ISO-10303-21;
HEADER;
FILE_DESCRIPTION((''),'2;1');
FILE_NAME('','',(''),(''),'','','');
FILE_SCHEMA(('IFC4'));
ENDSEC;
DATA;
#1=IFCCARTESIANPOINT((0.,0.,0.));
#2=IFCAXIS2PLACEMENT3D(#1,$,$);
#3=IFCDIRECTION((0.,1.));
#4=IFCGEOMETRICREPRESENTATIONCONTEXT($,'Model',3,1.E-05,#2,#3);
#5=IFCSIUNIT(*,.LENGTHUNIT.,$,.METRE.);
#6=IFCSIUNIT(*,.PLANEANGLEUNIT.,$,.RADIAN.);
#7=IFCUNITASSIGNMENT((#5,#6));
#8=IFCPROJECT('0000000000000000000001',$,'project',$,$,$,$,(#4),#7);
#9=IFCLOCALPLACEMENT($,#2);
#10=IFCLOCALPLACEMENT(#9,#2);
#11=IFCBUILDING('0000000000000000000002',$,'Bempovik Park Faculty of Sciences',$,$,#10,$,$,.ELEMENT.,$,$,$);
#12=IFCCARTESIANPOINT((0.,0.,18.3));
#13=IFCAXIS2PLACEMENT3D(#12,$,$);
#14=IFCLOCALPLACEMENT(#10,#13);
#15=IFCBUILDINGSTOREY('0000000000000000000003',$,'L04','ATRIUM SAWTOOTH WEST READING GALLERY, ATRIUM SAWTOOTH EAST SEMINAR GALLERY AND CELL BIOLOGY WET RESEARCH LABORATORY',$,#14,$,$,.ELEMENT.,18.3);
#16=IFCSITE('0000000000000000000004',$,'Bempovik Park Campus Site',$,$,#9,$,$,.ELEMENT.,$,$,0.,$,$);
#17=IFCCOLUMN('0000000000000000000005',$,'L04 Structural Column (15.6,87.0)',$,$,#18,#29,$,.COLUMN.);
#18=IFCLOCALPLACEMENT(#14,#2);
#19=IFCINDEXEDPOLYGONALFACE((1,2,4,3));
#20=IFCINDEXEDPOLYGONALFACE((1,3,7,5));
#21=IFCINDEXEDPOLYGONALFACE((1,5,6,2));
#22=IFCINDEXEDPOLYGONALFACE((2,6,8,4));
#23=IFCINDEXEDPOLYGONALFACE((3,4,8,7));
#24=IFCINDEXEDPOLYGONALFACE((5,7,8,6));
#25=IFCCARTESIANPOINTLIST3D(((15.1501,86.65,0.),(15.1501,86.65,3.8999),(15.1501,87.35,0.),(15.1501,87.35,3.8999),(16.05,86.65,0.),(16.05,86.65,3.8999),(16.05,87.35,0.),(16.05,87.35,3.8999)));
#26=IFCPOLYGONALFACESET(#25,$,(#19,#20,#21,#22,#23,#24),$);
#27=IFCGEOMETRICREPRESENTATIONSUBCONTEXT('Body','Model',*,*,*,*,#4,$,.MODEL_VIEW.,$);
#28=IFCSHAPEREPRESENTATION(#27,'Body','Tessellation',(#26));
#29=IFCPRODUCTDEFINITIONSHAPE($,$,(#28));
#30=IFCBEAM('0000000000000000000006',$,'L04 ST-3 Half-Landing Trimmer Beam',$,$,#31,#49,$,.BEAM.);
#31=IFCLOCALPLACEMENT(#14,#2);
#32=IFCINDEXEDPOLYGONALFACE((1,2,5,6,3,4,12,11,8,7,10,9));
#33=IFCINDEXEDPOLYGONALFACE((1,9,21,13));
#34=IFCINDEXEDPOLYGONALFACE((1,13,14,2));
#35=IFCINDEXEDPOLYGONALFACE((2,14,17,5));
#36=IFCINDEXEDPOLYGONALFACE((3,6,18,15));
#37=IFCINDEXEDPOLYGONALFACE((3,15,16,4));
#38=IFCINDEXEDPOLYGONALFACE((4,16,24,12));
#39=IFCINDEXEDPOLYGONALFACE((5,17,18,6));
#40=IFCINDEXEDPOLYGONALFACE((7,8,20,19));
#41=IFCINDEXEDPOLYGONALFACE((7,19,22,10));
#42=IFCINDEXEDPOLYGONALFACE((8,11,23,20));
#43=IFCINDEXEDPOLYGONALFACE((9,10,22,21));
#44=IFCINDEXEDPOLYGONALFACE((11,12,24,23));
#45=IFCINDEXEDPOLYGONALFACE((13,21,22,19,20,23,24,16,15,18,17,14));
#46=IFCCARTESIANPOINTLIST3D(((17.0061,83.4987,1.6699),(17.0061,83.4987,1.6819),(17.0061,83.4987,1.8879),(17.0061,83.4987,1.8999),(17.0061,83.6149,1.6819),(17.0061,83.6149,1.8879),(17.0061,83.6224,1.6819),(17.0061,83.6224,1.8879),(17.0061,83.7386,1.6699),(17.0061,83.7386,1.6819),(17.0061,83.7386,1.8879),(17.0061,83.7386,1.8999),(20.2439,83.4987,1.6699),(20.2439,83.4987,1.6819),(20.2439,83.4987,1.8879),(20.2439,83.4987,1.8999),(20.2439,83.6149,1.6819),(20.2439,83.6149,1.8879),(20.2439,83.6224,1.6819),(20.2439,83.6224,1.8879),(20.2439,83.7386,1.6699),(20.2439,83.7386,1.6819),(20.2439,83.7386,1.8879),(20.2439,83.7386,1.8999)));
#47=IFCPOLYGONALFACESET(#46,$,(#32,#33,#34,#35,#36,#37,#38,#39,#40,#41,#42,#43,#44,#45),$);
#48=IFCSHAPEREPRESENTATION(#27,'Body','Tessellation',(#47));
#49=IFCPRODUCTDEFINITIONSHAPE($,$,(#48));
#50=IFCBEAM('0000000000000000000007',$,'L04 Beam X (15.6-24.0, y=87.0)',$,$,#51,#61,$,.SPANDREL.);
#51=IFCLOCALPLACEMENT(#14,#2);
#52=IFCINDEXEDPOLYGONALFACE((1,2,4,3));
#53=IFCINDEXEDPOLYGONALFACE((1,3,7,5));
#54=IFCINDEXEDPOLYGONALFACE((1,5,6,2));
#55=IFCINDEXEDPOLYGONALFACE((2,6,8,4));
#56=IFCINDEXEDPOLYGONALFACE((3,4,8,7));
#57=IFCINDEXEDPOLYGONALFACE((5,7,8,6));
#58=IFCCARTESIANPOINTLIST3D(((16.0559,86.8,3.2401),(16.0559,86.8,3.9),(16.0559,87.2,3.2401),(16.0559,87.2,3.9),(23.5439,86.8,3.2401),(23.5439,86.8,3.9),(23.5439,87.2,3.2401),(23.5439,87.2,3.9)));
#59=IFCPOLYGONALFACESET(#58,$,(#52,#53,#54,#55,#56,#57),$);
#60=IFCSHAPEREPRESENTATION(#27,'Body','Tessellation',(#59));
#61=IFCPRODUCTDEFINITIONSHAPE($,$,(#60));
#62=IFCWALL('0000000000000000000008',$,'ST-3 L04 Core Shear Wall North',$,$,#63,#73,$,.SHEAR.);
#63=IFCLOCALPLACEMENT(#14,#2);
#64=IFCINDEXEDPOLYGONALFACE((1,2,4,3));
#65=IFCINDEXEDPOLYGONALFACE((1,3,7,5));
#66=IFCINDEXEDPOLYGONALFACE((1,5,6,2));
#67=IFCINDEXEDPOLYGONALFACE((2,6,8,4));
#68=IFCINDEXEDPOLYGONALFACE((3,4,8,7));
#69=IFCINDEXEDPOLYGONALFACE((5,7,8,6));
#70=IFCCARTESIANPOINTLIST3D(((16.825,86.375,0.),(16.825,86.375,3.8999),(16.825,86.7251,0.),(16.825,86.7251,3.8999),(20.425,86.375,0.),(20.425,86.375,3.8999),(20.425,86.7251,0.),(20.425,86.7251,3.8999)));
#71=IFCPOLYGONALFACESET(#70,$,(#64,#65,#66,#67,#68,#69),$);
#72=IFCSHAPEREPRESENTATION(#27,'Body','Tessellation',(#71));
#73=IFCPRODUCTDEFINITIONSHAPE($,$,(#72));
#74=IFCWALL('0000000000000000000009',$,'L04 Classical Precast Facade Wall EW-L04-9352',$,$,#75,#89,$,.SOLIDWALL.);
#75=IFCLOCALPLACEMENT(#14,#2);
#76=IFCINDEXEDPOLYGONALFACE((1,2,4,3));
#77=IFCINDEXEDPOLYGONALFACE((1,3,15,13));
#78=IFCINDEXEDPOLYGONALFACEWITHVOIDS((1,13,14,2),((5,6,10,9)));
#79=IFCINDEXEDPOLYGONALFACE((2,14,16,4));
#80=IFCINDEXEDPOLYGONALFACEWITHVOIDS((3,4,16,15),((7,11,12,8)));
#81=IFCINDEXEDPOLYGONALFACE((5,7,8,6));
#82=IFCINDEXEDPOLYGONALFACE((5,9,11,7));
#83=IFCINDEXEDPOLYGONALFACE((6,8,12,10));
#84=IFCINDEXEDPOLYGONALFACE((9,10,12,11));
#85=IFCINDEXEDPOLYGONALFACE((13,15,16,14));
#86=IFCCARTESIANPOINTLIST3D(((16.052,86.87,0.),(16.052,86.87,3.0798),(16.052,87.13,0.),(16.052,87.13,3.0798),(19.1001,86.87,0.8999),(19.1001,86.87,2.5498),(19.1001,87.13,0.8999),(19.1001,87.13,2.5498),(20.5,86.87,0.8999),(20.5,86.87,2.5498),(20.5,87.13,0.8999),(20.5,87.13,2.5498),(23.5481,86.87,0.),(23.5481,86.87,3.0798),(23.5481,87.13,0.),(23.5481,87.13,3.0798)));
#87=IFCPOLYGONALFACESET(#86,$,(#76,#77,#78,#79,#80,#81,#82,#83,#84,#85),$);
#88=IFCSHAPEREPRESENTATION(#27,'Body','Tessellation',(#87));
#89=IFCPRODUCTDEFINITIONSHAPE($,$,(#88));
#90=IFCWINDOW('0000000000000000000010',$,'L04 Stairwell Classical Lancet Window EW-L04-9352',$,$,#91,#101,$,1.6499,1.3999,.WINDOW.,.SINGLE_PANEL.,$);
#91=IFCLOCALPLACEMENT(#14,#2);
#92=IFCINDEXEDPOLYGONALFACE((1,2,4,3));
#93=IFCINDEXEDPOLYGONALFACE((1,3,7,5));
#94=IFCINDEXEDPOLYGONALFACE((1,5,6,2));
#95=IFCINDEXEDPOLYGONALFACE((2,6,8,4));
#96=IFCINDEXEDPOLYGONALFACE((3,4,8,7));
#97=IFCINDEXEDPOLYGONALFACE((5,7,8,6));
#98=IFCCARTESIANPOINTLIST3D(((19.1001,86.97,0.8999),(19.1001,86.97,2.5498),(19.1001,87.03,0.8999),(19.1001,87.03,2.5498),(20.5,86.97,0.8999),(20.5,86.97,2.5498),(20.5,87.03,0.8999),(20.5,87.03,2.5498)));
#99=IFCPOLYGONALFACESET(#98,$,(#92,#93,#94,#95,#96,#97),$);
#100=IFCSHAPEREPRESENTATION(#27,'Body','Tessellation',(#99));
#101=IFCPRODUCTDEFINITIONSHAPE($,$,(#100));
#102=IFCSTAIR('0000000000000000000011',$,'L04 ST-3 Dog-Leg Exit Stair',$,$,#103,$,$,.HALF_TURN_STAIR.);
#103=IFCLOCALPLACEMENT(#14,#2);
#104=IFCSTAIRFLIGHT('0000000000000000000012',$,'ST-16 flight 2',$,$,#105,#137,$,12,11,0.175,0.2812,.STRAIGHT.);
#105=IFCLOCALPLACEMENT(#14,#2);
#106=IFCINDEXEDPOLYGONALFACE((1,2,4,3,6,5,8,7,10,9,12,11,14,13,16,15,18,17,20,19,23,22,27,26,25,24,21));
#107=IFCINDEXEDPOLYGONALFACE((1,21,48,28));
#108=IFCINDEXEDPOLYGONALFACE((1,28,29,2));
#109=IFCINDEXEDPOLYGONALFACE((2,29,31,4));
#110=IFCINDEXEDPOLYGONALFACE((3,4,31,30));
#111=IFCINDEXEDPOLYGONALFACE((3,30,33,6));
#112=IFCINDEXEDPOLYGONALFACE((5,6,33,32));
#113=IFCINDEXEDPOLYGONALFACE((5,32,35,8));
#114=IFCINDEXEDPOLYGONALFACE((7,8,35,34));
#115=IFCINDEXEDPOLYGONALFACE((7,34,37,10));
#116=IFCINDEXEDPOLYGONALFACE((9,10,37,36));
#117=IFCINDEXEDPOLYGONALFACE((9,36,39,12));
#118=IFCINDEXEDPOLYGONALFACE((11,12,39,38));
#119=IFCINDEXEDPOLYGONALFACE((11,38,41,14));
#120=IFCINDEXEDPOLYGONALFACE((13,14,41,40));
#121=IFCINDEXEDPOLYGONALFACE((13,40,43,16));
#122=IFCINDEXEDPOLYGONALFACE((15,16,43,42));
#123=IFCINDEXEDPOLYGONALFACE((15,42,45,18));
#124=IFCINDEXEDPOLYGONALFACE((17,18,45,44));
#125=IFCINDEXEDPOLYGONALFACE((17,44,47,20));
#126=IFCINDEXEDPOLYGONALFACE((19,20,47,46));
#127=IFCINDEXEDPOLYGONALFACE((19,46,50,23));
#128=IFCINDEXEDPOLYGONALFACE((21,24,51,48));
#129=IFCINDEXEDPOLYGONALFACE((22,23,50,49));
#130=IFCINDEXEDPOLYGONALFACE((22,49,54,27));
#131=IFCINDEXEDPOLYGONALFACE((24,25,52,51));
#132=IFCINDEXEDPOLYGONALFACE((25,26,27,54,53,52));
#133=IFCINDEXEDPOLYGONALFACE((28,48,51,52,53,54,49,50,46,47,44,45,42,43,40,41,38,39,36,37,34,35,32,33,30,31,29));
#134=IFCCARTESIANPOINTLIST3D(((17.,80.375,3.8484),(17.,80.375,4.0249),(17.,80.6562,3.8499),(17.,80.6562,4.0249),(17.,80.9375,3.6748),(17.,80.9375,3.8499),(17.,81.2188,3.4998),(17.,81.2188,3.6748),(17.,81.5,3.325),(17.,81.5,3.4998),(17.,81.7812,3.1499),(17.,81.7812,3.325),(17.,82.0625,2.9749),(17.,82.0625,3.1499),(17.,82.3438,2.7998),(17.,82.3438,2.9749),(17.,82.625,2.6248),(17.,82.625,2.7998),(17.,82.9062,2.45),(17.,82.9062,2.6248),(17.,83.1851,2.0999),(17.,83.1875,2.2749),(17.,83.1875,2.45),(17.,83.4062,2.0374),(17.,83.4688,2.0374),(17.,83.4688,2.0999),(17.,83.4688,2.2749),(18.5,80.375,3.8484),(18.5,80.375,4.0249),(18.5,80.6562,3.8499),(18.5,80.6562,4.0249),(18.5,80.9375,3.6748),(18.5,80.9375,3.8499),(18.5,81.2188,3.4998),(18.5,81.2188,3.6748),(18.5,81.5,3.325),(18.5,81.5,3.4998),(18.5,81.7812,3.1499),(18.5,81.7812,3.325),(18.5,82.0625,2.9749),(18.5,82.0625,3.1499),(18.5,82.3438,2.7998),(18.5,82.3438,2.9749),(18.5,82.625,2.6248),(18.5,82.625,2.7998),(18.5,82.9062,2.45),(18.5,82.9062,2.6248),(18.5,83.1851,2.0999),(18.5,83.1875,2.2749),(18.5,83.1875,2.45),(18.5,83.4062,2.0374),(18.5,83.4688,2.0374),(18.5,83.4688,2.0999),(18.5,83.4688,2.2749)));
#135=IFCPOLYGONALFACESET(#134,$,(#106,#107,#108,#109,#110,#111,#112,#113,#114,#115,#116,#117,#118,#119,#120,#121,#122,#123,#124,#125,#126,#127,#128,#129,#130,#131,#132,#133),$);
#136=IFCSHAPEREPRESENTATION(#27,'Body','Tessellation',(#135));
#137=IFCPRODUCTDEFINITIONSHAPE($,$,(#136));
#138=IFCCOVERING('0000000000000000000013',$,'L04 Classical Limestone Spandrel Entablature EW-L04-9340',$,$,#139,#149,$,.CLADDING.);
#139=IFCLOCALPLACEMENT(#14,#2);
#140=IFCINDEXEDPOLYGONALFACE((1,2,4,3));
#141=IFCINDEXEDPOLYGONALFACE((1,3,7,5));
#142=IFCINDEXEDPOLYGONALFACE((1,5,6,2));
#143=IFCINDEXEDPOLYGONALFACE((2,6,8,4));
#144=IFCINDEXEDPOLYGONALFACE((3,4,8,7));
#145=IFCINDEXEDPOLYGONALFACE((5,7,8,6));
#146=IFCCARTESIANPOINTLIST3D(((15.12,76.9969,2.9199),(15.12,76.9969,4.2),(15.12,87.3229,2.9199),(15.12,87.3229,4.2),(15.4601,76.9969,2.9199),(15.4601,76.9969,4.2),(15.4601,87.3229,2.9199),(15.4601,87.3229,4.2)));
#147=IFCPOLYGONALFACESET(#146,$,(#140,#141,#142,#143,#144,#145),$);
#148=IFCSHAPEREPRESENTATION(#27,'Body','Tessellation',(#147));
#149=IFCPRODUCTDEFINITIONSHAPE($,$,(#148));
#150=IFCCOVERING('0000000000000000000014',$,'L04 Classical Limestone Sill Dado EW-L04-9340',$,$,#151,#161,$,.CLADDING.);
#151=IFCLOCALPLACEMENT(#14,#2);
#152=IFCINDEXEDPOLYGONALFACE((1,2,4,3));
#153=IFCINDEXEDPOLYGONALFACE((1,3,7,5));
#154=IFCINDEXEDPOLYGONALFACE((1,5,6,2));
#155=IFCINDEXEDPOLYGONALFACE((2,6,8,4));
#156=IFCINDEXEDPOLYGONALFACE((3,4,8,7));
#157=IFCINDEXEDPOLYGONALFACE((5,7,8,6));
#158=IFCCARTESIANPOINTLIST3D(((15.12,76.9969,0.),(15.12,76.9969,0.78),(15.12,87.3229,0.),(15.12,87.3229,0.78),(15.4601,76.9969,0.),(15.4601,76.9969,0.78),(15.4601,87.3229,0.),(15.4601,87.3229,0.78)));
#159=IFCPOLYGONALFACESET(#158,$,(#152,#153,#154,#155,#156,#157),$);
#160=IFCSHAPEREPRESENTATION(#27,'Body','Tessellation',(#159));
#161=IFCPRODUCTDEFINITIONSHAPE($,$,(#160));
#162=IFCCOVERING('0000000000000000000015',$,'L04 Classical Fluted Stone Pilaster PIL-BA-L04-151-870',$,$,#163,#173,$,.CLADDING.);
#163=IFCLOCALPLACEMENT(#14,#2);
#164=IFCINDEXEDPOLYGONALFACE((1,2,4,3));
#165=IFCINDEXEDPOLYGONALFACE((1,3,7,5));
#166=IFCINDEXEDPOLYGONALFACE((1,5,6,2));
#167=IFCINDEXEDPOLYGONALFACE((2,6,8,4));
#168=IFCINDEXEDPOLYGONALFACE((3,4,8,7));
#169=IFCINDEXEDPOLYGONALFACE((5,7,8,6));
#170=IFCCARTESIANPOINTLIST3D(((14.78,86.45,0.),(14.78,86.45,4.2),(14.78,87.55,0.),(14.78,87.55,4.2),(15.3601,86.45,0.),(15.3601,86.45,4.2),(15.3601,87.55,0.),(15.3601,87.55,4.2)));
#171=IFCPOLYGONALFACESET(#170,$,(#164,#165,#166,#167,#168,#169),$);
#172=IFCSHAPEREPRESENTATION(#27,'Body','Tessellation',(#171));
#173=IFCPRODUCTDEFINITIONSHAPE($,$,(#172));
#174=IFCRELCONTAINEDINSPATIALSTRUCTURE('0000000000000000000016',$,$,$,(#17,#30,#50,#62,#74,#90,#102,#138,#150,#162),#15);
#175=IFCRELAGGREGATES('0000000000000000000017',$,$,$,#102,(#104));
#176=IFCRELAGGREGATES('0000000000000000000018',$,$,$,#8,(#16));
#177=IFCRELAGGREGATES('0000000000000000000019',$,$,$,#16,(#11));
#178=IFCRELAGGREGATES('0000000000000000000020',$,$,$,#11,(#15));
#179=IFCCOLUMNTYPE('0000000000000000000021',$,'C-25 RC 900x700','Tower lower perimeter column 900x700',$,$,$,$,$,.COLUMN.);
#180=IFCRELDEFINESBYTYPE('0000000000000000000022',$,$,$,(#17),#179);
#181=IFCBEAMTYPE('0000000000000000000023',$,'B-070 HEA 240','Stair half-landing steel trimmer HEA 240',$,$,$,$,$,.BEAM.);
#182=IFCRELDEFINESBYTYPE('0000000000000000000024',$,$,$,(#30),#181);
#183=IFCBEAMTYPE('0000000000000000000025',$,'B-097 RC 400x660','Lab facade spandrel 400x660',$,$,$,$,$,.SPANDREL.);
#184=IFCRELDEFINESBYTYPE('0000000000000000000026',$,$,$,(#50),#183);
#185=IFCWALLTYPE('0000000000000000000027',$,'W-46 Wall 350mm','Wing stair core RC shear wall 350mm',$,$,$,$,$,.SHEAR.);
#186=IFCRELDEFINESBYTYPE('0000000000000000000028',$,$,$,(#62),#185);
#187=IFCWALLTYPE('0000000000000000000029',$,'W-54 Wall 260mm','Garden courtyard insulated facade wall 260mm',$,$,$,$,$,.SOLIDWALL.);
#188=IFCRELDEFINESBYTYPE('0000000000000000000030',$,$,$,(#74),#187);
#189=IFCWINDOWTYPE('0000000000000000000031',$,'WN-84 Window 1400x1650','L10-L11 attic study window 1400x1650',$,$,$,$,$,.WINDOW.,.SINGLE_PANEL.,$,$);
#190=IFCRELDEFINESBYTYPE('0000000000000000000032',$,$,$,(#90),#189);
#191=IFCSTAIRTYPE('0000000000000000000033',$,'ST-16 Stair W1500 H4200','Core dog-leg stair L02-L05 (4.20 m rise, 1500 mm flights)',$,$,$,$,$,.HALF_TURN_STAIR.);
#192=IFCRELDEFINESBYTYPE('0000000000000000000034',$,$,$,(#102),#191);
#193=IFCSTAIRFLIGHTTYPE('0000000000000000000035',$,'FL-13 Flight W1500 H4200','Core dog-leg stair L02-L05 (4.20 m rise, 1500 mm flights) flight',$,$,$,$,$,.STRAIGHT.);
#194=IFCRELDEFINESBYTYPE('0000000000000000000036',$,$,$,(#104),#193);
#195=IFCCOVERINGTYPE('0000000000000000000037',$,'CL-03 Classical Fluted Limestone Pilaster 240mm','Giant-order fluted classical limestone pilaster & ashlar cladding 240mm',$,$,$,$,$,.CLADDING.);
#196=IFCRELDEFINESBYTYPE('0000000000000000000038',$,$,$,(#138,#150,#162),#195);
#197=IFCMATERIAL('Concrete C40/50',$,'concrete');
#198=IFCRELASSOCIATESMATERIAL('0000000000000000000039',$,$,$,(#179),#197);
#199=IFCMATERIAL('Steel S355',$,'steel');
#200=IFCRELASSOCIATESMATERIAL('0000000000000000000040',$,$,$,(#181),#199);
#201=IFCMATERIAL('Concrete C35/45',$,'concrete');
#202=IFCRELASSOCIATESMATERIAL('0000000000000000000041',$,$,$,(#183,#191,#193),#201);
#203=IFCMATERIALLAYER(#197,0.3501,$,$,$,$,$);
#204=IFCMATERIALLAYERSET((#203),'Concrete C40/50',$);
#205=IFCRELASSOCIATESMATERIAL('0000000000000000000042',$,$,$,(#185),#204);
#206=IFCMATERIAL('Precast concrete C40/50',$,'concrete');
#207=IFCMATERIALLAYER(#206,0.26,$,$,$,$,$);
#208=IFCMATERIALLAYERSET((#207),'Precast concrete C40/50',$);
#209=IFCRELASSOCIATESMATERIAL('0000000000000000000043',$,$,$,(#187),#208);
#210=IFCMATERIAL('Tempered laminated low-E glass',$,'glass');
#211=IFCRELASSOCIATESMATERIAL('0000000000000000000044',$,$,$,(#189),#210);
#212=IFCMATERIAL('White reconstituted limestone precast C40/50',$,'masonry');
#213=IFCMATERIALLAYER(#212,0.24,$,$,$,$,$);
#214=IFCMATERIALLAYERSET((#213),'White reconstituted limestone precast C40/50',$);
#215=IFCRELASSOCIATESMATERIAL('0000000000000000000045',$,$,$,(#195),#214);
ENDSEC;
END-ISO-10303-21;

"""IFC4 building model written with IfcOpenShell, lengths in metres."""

from ifc_helpers import new_model, si_unit, direction, frame, frame_2d, origin, origin_2d, place, context, subcontext, project, spatial, polyline, rectangle, i_section, outline, extrude, material, layer, layer_set, material_profile, profile_set, type_object, element, fill, aggregate, save


model = new_model("IFC4")

# Units and contexts
model_context = context("Model", 3, precision=1e-05, world=origin(), true_north=direction((0.0, 1.0)))
body_context = subcontext(model_context, "Body", "Model", "MODEL_VIEW")
ifc_project = project(units=[si_unit("LENGTHUNIT", "METRE"), si_unit("PLANEANGLEUNIT", "RADIAN")], contexts=[model_context])

# Site, building, storey
site_placement = place(None, origin())
site = spatial("IfcSite", under=ifc_project, at=site_placement, Name="Bempovik Park Campus Site", CompositionType="ELEMENT", RefElevation=0.0)
building_placement = place(site_placement, origin())
building = spatial("IfcBuilding", under=site, at=building_placement, Name="Bempovik Park Faculty of Sciences", CompositionType="ELEMENT")
storey_placement = place(building_placement, frame((0.0, 0.0, 18.3)))
storey = spatial("IfcBuildingStorey", under=building, at=storey_placement, Name="L04", Description="ATRIUM SAWTOOTH WEST READING GALLERY, ATRIUM SAWTOOTH EAST SEMINAR GALLERY AND CELL BIOLOGY WET RESEARCH LABORATORY", CompositionType="ELEMENT", Elevation=18.3)

# Column
ifc_material_1 = material(Name="Concrete C40/50", Category="concrete")
ifc_material_profile_1 = material_profile(ifc_material_1, rectangle(XDim=0.8999, YDim=0.7, at=origin_2d()), Name="RC 900x700")
ifc_profile_set_1 = profile_set([ifc_material_profile_1], Name="Concrete C40/50")
column_type = type_object("IfcColumnType", Name="C-25 RC 900x700", Description="Tower lower perimeter column 900x700", PredefinedType="COLUMN", material=ifc_profile_set_1)
column_placement = place(storey_placement, frame((15.6001, 87.0, 0.0), z_axis=(0.0, 0.0, 1.0), x_axis=(1.0, 0.0, 0.0)))
element("IfcColumn", 1, at=column_placement, inside=storey, type_object=column_type, Name="L04 Structural Column (15.6,87.0)", PredefinedType="COLUMN", context=body_context, shape_type="SweptSolid", body=[
    extrude(rectangle(XDim=0.8999, YDim=0.7, at=origin_2d()), origin(), (0.0, 0.0, 1.0), 3.8999),
])

# Beams
ifc_material_2 = material(Name="Steel S355", Category="steel")
ifc_material_profile_2 = material_profile(ifc_material_2, i_section(OverallWidth=0.24, OverallDepth=0.23, WebThickness=0.0076, FlangeThickness=0.012, at=origin_2d()), Name="HEA 240")
ifc_profile_set_2 = profile_set([ifc_material_profile_2], Name="Steel S355")
beam_type_1 = type_object("IfcBeamType", Name="B-070 HEA 240", Description="Stair half-landing steel trimmer HEA 240", PredefinedType="BEAM", material=ifc_profile_set_2)
beam_1_placement = place(storey_placement, frame((17.0061, 83.6187, 1.7849), z_axis=(1.0, 0.0, 0.0), x_axis=(0.0, 1.0, 0.0)))
element("IfcBeam", 2, at=beam_1_placement, inside=storey, type_object=beam_type_1, Name="L04 ST-3 Half-Landing Trimmer Beam", PredefinedType="BEAM", context=body_context, shape_type="SweptSolid", body=[
    extrude(i_section(OverallWidth=0.24, OverallDepth=0.23, WebThickness=0.0076, FlangeThickness=0.012, at=origin_2d()), origin(), (0.0, 0.0, 1.0), 3.2378),
])
ifc_material_3 = material(Name="Concrete C35/45", Category="concrete")
ifc_material_profile_3 = material_profile(ifc_material_3, rectangle(XDim=0.3999, YDim=0.6599, at=origin_2d()), Name="RC 400x660")
ifc_profile_set_3 = profile_set([ifc_material_profile_3], Name="Concrete C35/45")
beam_type_2 = type_object("IfcBeamType", Name="B-097 RC 400x660", Description="Lab facade spandrel 400x660", PredefinedType="SPANDREL", material=ifc_profile_set_3)
beam_2_placement = place(storey_placement, frame((16.0559, 87.0, 3.5701), z_axis=(1.0, 0.0, 0.0), x_axis=(0.0, 1.0, 0.0)))
element("IfcBeam", 3, at=beam_2_placement, inside=storey, type_object=beam_type_2, Name="L04 Beam X (15.6-24.0, y=87.0)", PredefinedType="SPANDREL", context=body_context, shape_type="SweptSolid", body=[
    extrude(rectangle(XDim=0.3999, YDim=0.6599, at=origin_2d()), origin(), (0.0, 0.0, 1.0), 7.488),
])

# Wall
ifc_layer_1 = layer(ifc_material_1, 0.3501)
ifc_layer_set_1 = layer_set([ifc_layer_1], Name="Concrete C40/50")
wall_type_1 = type_object("IfcWallType", Name="W-46 Wall 350mm", Description="Wing stair core RC shear wall 350mm", PredefinedType="SHEAR", material=ifc_layer_set_1)
wall_1_placement = place(storey_placement, frame((16.825, 86.55, 0.0), z_axis=(0.0, 0.0, 1.0), x_axis=(1.0, 0.0, 0.0)))
element("IfcWall", 4, at=wall_1_placement, inside=storey, type_object=wall_type_1, Name="ST-3 L04 Core Shear Wall North", PredefinedType="SHEAR", context=body_context, shape_type="SweptSolid", body=[
    extrude(rectangle(XDim=3.6001, YDim=0.3501, at=frame_2d((1.8, 0.0))), origin(), (0.0, 0.0, 1.0), 3.8999),
])

# Wall, opening, window
ifc_material_4 = material(Name="Precast concrete C40/50", Category="concrete")
ifc_layer_2 = layer(ifc_material_4, 0.26)
ifc_layer_set_2 = layer_set([ifc_layer_2], Name="Precast concrete C40/50")
wall_type_2 = type_object("IfcWallType", Name="W-54 Wall 260mm", Description="Garden courtyard insulated facade wall 260mm", PredefinedType="SOLIDWALL", material=ifc_layer_set_2)
wall_2_placement = place(storey_placement, frame((16.052, 87.0, 0.0), z_axis=(0.0, 0.0, 1.0), x_axis=(1.0, 0.0, 0.0)))
wall_2 = element("IfcWall", 5, at=wall_2_placement, inside=storey, type_object=wall_type_2, Name="L04 Classical Precast Facade Wall EW-L04-9352", PredefinedType="SOLIDWALL", context=body_context, shape_type="SweptSolid", body=[
    extrude(rectangle(XDim=7.4961, YDim=0.26, at=frame_2d((3.748, 0.0))), origin(), (0.0, 0.0, 1.0), 3.0798),
])
opening_placement = place(wall_2_placement, frame((3.0481, 0.0, 0.8999)))
opening = element("IfcOpeningElement", 6, at=opening_placement, cuts=wall_2, PredefinedType="OPENING", context=body_context, shape_type="SweptSolid", body=[
    extrude(rectangle(XDim=1.3999, YDim=1.6499, at=frame_2d((0.7, 0.825))), frame((0.0, 0.1401, 0.0), z_axis=(0.0, -1.0, 0.0), x_axis=(1.0, 0.0, 0.0)), (0.0, 0.0, 1.0), 0.28),
])
ifc_material_5 = material(Name="Tempered laminated low-E glass", Category="glass")
window_type = type_object("IfcWindowType", Name="WN-84 Window 1400x1650", Description="L10-L11 attic study window 1400x1650", PartitioningType="SINGLE_PANEL", PredefinedType="WINDOW", material=ifc_material_5)
window_placement = place(opening_placement, origin())
window = element("IfcWindow", 7, at=window_placement, inside=storey, type_object=window_type, Name="L04 Stairwell Classical Lancet Window EW-L04-9352", OverallHeight=1.6499, OverallWidth=1.3999, PartitioningType="SINGLE_PANEL", PredefinedType="WINDOW", context=body_context, shape_type="SweptSolid", body=[
    extrude(rectangle(XDim=1.3999, YDim=1.6499, at=frame_2d((0.7, 0.825))), frame((0.0, 0.03, 0.0), z_axis=(0.0, -1.0, 0.0), x_axis=(1.0, 0.0, 0.0)), (0.0, 0.0, 1.0), 0.0601),
])
fill(opening, window)

# Stair, stair flight
stair_type = type_object("IfcStairType", Name="ST-16 Stair W1500 H4200", Description="Core dog-leg stair L02-L05 (4.20 m rise, 1500 mm flights)", PredefinedType="HALF_TURN_STAIR", material=ifc_material_3)
stair_placement = place(storey_placement, origin())
stair = element("IfcStair", 8, at=stair_placement, inside=storey, type_object=stair_type, Name="L04 ST-3 Dog-Leg Exit Stair", PredefinedType="HALF_TURN_STAIR")
stair_flight_type = type_object("IfcStairFlightType", Name="FL-13 Flight W1500 H4200", Description="Core dog-leg stair L02-L05 (4.20 m rise, 1500 mm flights) flight", PredefinedType="STRAIGHT", material=ifc_material_3)
stair_flight_placement = place(storey_placement, frame((17.75, 83.4688, 2.0999), z_axis=(0.0, 0.0, 1.0), x_axis=(0.0, -1.0, 0.0)))
stair_flight = element("IfcStairFlight", 9, at=stair_flight_placement, type_object=stair_flight_type, Name="ST-16 flight 2", NumberOfRisers=12, NumberOfTreads=11, PredefinedType="STRAIGHT", RiserHeight=0.175, TreadLength=0.2812, context=body_context, shape_type="SweptSolid", body=[
    extrude(outline(polyline([(0.0, 0.0), (0.0, 0.175), (0.2812, 0.175), (0.2812, 0.3501), (0.5625, 0.3501), (0.5625, 0.5249), (0.8438, 0.5249), (0.8438, 0.7), (1.125, 0.7), (1.125, 0.875), (1.4062, 0.875), (1.4062, 1.05), (1.6875, 1.05), (1.6875, 1.2251), (1.9688, 1.2251), (1.9688, 1.3999), (2.25, 1.3999), (2.25, 1.575), (2.5312, 1.575), (2.5312, 1.75), (2.8125, 1.75), (2.8125, 1.925), (3.0938, 1.925), (3.0938, 2.1001), (3.0938, 1.7485), (0.2837, 0.0), (0.0625, -0.0625), (0.0, -0.0625), (0.0, 0.0)])), frame((0.0, 0.75, 0.0), z_axis=(0.0, -1.0, 0.0), x_axis=(1.0, 0.0, 0.0)), (0.0, 0.0, 1.0), 1.5),
])
aggregate(stair, [stair_flight])

# Coverings
ifc_material_6 = material(Name="White reconstituted limestone precast C40/50", Category="masonry")
ifc_layer_3 = layer(ifc_material_6, 0.24)
ifc_layer_set_3 = layer_set([ifc_layer_3], Name="White reconstituted limestone precast C40/50")
covering_type = type_object("IfcCoveringType", Name="CL-03 Classical Fluted Limestone Pilaster 240mm", Description="Giant-order fluted classical limestone pilaster & ashlar cladding 240mm", PredefinedType="CLADDING", material=ifc_layer_set_3)
covering_1_placement = place(storey_placement, frame((15.29, 82.1599, 2.9199), z_axis=(0.0, 0.0, 1.0), x_axis=(1.0, 0.0, 0.0)))
element("IfcCovering", 10, at=covering_1_placement, inside=storey, type_object=covering_type, Name="L04 Classical Limestone Spandrel Entablature EW-L04-9340", PredefinedType="CLADDING", context=body_context, shape_type="SweptSolid", body=[
    extrude(rectangle(XDim=0.3401, YDim=10.3259, at=origin_2d()), origin(), (0.0, 0.0, 1.0), 1.28),
])
covering_2_placement = place(storey_placement, frame((15.29, 82.1599, 0.0), z_axis=(0.0, 0.0, 1.0), x_axis=(1.0, 0.0, 0.0)))
element("IfcCovering", 11, at=covering_2_placement, inside=storey, type_object=covering_type, Name="L04 Classical Limestone Sill Dado EW-L04-9340", PredefinedType="CLADDING", context=body_context, shape_type="SweptSolid", body=[
    extrude(rectangle(XDim=0.3401, YDim=10.3259, at=origin_2d()), origin(), (0.0, 0.0, 1.0), 0.78),
])
covering_3_placement = place(storey_placement, frame((15.0701, 87.0, 0.0), z_axis=(0.0, 0.0, 1.0), x_axis=(1.0, 0.0, 0.0)))
element("IfcCovering", 12, at=covering_3_placement, inside=storey, type_object=covering_type, Name="L04 Classical Fluted Stone Pilaster PIL-BA-L04-151-870", PredefinedType="CLADDING", context=body_context, shape_type="SweptSolid", body=[
    extrude(rectangle(XDim=0.5801, YDim=1.1001, at=origin_2d()), origin(), (0.0, 0.0, 1.0), 4.2),
])

save(model, "model.ifc")
